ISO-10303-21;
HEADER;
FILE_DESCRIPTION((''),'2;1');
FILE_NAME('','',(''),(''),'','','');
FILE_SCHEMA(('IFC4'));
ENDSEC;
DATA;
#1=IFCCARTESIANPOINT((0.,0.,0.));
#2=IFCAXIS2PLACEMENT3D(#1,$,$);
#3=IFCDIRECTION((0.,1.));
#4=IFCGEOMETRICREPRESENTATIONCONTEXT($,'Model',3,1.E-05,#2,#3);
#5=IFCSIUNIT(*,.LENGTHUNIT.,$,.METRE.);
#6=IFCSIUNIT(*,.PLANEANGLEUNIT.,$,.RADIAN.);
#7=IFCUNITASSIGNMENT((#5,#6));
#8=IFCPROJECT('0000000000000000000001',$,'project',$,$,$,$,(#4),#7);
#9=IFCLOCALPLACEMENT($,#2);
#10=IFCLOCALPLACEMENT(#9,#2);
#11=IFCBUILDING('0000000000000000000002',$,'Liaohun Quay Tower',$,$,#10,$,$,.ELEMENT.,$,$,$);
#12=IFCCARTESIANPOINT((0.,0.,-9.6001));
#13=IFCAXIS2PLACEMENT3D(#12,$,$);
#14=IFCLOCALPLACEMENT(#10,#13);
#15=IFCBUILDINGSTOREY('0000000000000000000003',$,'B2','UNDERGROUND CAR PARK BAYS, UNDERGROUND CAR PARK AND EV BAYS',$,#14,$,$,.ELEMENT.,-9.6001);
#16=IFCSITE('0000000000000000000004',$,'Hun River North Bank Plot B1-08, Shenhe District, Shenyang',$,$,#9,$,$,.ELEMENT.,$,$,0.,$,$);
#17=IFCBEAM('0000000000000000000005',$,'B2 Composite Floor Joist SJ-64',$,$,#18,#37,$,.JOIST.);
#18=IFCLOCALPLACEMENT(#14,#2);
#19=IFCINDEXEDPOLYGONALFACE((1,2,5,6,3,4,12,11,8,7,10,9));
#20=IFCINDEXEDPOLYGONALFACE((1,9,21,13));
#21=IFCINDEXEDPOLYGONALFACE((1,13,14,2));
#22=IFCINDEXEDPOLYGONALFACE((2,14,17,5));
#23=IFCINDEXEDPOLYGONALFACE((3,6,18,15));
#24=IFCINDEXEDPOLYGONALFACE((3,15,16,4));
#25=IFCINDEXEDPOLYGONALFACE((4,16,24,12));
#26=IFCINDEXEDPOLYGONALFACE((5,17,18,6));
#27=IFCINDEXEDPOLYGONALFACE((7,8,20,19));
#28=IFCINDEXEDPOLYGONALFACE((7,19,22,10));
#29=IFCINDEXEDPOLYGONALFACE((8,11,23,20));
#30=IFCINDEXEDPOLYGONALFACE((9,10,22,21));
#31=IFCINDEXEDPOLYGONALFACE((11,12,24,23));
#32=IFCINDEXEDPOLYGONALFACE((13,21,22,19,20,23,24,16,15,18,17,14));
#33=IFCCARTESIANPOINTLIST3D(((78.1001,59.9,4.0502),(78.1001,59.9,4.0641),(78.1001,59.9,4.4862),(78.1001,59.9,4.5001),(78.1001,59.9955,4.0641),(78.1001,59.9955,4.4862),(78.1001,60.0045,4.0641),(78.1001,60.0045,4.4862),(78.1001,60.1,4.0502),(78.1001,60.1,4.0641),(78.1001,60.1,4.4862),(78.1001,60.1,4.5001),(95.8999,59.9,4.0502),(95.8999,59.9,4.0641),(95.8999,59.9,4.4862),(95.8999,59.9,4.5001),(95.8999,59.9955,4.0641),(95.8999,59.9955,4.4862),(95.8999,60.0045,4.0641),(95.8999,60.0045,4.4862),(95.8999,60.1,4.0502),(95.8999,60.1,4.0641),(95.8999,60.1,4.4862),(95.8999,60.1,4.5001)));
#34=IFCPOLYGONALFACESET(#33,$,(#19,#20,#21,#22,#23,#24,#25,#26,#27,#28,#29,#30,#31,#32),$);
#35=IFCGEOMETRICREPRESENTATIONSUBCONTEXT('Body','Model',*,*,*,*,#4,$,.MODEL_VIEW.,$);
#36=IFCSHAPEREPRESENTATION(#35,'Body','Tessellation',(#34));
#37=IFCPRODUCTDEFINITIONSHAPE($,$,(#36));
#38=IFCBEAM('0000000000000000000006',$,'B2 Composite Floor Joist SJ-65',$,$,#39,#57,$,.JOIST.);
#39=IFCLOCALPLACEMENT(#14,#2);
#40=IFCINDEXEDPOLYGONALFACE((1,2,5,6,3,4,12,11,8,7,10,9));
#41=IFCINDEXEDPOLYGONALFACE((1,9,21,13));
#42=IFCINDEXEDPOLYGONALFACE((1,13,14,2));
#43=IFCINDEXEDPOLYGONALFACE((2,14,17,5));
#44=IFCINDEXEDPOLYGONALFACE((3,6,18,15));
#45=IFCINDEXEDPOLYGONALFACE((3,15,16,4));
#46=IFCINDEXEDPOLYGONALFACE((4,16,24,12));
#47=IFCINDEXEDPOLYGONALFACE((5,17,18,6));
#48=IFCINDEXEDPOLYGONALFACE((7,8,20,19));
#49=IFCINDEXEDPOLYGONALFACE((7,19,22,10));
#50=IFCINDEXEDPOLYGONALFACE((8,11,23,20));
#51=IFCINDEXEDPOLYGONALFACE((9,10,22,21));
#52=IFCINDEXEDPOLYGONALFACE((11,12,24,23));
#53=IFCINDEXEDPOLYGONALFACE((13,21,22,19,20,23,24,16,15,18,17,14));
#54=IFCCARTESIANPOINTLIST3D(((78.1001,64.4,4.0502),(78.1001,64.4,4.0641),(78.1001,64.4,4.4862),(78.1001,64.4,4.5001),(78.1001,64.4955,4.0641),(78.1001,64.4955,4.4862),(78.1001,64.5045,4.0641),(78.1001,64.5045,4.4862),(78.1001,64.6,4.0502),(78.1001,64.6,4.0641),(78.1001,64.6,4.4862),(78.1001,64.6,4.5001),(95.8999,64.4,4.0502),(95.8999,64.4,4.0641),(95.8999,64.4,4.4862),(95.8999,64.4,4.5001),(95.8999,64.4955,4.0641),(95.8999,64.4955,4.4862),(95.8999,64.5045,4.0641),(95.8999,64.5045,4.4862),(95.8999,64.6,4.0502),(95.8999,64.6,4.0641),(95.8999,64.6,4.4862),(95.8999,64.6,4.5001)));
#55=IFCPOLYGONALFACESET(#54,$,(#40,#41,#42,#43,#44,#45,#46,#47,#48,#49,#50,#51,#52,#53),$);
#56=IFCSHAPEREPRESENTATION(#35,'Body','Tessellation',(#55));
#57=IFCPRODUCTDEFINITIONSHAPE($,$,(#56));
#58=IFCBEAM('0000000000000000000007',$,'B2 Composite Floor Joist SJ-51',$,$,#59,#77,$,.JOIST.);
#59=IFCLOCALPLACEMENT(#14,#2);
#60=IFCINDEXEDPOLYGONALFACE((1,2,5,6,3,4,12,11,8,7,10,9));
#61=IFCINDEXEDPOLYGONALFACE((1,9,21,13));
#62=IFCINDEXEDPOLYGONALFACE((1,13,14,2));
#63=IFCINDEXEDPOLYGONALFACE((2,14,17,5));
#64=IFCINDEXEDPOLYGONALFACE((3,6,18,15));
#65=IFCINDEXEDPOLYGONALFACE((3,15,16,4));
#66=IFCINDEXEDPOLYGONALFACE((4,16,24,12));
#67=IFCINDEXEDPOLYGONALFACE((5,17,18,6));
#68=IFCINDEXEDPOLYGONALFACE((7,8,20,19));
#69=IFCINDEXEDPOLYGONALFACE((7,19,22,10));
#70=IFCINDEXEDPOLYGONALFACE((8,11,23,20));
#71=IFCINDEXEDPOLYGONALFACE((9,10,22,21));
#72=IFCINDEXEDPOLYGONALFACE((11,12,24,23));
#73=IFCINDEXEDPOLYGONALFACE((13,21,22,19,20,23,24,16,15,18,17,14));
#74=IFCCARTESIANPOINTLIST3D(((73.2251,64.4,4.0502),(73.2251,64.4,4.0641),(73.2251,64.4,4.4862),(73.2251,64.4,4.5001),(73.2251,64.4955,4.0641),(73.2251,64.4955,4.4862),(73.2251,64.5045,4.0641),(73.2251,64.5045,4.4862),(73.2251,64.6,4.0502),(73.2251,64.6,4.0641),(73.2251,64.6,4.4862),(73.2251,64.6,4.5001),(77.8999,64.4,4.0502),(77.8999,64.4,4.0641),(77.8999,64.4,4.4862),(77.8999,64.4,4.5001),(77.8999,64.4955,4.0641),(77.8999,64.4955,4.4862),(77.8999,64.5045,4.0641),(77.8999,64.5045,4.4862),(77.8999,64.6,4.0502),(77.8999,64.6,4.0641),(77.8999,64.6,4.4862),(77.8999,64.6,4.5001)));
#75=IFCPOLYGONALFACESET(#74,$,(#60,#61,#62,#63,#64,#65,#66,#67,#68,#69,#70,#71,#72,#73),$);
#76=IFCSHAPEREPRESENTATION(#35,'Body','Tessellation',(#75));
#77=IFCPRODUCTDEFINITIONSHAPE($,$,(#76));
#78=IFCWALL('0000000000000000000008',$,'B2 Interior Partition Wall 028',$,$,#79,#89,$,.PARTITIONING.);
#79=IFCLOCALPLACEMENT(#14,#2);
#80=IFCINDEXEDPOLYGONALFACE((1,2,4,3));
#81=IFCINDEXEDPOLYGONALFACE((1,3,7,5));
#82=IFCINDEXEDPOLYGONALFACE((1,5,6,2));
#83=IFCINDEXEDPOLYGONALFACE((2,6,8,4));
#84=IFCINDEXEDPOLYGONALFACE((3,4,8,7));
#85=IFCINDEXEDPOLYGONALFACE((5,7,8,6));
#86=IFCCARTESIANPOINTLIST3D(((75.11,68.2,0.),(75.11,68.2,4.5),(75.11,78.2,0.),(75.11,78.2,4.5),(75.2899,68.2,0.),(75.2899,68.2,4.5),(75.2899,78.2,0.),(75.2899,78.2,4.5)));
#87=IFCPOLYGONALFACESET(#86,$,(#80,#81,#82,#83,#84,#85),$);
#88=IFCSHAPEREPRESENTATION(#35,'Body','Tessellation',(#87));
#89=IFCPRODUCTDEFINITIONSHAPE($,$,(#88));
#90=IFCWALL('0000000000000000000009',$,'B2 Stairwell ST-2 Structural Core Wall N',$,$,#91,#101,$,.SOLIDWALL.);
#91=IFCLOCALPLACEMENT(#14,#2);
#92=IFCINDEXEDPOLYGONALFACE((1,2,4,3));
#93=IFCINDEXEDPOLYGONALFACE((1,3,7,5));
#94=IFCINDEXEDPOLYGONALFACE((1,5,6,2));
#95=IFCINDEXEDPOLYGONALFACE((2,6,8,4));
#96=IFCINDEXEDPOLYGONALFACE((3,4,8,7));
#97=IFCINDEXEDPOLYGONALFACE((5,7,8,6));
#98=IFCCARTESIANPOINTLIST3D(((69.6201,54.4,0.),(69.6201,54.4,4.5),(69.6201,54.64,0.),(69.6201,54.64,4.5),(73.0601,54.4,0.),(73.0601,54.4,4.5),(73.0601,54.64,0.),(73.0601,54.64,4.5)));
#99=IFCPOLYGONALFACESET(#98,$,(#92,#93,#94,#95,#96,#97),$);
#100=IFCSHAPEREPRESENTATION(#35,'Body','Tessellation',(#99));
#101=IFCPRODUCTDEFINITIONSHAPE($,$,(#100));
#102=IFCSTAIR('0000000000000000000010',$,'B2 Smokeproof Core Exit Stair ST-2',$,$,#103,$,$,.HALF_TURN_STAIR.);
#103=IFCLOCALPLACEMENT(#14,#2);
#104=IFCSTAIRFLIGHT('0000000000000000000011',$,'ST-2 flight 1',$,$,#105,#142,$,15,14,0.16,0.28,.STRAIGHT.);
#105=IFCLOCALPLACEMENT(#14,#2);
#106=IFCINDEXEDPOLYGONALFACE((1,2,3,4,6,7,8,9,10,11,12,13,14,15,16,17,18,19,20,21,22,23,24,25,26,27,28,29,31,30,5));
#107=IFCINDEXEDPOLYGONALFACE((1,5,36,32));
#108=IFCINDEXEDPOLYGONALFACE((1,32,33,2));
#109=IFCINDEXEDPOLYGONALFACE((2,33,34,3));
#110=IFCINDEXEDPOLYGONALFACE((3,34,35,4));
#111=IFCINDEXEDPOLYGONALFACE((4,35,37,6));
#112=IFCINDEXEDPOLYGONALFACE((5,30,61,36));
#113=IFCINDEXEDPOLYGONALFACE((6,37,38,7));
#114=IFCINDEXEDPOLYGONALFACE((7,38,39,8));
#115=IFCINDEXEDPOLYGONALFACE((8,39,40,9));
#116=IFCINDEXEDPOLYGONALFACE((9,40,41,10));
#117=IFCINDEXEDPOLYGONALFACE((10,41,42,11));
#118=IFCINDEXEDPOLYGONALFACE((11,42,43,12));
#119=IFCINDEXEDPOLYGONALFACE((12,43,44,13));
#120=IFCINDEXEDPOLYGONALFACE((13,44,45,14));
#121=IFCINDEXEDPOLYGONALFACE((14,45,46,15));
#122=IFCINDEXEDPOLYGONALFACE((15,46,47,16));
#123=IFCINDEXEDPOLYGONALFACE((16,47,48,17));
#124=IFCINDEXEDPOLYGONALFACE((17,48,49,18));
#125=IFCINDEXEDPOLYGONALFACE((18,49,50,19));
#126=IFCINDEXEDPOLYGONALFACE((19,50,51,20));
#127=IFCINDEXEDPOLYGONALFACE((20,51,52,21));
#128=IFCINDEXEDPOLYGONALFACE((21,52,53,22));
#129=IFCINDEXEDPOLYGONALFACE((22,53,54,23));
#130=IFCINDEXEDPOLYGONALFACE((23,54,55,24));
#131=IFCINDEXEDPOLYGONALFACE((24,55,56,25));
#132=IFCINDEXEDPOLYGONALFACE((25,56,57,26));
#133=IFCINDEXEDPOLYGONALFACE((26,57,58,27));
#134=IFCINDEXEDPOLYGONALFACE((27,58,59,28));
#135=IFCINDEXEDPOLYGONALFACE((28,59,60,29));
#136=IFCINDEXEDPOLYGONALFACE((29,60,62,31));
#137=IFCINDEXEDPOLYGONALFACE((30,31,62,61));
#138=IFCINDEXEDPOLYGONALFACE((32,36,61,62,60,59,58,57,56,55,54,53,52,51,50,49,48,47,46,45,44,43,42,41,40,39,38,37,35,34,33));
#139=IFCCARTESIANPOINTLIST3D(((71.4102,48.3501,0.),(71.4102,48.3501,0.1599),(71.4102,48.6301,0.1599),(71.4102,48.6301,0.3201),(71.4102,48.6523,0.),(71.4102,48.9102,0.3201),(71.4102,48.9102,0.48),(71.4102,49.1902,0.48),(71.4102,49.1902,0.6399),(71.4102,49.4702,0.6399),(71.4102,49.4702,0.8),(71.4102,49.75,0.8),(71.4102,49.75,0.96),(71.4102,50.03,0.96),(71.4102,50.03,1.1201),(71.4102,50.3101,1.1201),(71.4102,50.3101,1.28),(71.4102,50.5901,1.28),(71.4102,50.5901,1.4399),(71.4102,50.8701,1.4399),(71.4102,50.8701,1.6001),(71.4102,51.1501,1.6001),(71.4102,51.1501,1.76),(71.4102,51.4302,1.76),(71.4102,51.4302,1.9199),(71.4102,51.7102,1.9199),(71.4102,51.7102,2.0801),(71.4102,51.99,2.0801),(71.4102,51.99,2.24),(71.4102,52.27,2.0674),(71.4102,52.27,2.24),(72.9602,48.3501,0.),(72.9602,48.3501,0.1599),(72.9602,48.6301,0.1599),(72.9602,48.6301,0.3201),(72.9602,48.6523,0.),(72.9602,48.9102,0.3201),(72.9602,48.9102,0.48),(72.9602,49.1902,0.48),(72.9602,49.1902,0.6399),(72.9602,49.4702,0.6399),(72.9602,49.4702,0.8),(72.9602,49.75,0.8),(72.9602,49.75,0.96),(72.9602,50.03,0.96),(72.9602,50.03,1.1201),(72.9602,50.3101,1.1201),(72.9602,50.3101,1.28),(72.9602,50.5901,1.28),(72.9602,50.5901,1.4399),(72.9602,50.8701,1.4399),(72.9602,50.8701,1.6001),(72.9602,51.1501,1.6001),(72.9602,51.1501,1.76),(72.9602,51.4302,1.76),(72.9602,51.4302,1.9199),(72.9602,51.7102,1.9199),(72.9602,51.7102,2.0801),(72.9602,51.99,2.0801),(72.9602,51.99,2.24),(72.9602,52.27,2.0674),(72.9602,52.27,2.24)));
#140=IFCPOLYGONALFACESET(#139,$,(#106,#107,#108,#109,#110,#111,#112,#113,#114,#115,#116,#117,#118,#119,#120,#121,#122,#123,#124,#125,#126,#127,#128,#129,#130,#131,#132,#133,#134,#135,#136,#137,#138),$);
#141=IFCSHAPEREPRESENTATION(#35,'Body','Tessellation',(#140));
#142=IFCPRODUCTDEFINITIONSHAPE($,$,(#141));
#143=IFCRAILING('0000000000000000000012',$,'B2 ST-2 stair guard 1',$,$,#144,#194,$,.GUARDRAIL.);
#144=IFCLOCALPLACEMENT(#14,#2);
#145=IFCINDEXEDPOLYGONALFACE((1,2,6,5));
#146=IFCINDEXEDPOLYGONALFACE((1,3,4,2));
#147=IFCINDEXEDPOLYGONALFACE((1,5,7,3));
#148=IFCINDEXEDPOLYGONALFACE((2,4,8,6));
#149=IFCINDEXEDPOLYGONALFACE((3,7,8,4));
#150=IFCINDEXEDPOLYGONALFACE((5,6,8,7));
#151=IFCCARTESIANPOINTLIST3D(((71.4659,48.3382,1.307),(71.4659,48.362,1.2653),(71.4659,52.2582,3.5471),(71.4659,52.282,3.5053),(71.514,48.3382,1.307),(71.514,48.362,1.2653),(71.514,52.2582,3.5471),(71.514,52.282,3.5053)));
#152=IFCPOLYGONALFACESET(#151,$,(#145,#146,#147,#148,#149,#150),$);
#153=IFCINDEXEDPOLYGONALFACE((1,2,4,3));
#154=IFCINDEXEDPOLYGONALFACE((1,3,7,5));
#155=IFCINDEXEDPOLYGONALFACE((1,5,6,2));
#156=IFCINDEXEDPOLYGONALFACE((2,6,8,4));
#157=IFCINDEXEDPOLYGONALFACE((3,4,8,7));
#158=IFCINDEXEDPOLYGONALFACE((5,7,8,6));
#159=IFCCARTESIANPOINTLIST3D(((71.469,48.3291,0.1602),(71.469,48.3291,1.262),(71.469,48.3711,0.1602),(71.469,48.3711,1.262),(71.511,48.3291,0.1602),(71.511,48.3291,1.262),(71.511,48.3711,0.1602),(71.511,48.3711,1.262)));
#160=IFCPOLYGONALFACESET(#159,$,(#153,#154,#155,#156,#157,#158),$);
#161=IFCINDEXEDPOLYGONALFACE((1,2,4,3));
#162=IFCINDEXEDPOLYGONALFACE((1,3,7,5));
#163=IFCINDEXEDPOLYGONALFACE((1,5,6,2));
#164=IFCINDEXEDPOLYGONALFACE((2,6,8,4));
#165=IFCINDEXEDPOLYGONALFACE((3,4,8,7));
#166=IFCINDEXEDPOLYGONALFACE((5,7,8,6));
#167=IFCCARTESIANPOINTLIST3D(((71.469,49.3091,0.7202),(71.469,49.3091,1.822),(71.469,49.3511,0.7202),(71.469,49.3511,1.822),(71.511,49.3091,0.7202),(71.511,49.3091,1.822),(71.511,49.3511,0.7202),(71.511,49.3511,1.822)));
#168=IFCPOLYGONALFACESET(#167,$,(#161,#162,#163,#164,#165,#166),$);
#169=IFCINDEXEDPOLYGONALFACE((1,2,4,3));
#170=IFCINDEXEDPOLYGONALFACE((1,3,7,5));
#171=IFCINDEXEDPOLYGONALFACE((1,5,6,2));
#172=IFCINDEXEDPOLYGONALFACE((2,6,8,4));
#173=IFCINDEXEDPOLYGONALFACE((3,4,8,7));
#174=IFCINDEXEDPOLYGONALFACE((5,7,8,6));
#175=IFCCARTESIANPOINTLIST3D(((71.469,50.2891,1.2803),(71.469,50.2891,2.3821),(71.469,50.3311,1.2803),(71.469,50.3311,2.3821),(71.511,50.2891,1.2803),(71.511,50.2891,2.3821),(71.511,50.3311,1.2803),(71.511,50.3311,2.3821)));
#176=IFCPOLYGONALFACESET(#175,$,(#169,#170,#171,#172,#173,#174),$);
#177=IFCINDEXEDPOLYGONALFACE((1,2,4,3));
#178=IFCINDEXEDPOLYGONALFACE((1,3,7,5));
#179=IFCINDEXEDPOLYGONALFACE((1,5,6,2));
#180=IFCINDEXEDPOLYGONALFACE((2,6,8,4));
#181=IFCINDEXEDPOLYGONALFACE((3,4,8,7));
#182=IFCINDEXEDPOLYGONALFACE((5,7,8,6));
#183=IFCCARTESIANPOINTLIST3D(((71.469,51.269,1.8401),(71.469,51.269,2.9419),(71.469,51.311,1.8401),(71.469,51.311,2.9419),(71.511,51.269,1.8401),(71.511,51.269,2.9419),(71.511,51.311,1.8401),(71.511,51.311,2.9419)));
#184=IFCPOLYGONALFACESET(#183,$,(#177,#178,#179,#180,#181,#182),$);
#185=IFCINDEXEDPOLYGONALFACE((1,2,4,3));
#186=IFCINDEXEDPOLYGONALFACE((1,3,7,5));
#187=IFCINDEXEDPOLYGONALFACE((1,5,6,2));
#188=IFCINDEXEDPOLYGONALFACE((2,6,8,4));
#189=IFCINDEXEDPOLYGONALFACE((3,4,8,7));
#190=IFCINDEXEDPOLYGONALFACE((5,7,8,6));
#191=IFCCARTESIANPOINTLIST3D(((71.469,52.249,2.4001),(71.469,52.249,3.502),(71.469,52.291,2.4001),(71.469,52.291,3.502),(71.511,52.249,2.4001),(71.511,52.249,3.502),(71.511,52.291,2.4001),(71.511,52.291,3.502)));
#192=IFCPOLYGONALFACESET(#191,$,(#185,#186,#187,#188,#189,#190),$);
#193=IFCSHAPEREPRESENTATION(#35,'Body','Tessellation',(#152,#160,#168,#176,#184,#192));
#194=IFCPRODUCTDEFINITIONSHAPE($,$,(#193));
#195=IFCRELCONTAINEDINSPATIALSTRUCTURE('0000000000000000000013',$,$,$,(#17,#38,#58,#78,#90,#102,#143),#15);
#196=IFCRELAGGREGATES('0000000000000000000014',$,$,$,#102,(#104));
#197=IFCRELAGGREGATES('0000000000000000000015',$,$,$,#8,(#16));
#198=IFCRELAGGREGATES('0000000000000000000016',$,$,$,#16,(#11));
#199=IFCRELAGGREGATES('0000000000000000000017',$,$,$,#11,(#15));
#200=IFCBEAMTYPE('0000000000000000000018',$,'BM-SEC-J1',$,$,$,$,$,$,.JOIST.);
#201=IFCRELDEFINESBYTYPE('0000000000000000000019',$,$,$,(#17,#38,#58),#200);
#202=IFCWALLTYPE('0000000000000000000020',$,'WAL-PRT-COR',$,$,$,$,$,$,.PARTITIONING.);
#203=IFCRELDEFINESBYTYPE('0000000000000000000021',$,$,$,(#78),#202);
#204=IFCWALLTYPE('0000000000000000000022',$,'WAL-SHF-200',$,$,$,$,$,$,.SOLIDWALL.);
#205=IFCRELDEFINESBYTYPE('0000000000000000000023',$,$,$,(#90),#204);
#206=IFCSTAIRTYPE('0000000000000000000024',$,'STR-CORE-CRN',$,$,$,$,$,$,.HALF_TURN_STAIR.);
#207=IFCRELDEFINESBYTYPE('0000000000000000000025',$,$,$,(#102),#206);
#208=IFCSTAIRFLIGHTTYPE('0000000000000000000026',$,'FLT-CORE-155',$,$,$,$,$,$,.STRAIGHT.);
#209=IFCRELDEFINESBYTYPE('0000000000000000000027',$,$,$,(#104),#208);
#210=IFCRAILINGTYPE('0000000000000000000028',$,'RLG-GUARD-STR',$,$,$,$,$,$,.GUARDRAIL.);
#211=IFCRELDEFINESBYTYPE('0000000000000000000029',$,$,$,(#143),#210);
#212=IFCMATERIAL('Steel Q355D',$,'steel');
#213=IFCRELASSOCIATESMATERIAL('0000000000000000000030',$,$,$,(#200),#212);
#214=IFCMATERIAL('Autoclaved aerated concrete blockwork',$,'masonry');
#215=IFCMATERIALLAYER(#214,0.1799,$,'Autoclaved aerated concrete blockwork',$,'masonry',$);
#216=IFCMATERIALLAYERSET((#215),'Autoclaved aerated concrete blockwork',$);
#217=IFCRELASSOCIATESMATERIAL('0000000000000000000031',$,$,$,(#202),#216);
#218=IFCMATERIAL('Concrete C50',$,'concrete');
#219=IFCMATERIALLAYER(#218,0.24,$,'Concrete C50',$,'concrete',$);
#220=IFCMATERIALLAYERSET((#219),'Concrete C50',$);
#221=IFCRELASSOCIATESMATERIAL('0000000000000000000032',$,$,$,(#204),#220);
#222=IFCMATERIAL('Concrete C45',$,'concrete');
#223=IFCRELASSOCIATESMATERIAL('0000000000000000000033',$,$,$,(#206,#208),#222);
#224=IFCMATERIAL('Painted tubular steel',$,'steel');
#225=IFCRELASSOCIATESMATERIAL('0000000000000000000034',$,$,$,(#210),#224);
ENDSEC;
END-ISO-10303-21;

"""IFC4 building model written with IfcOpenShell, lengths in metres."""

from ifc_helpers import new_model, si_unit, direction, frame, frame_2d, origin, origin_2d, place, context, subcontext, project, spatial, polyline, rectangle, i_section, outline, extrude, source, transform, mapped, material, layer, layer_set, material_profile, profile_set, type_object, element, aggregate, save


model = new_model("IFC4")

# Units and contexts
model_context = context("Model", 3, precision=1e-05, world=origin(), true_north=direction((0.0, 1.0)))
body_context = subcontext(model_context, "Body", "Model", "MODEL_VIEW")
ifc_project = project(units=[si_unit("LENGTHUNIT", "METRE"), si_unit("PLANEANGLEUNIT", "RADIAN")], contexts=[model_context])

# Site, building, storey
site_placement = place(None, origin())
site = spatial("IfcSite", under=ifc_project, at=site_placement, Name="Hun River North Bank Plot B1-08, Shenhe District, Shenyang", CompositionType="ELEMENT", RefElevation=0.0)
building_placement = place(site_placement, origin())
building = spatial("IfcBuilding", under=site, at=building_placement, Name="Liaohun Quay Tower", CompositionType="ELEMENT")
storey_placement = place(building_placement, frame((0.0, 0.0, -9.6001)))
storey = spatial("IfcBuildingStorey", under=building, at=storey_placement, Name="B2", Description="UNDERGROUND CAR PARK BAYS, UNDERGROUND CAR PARK AND EV BAYS", CompositionType="ELEMENT", Elevation=-9.6001)

# Shared definitions
ifc_material_1 = material(Name="Concrete C50", Category="concrete")

# Shared definitions
ifc_material_2 = material(Name="Concrete C45", Category="concrete")

# Beams
ifc_material_3 = material(Name="Steel Q355D", Category="steel")
ifc_material_profile_1 = material_profile(ifc_material_3, i_section(OverallWidth=0.2, OverallDepth=0.45, WebThickness=0.009, FlangeThickness=0.0139, at=origin_2d()), Name="HN450x200x9x14")
ifc_profile_set_1 = profile_set([ifc_material_profile_1], Name="Steel Q355D")
beam_type_1 = type_object("IfcBeamType", Name="BM-SEC-J1", PredefinedType="JOIST", material=ifc_profile_set_1)
shared_shape_1 = source(origin(), body_context, "Body", "SweptSolid", [
    extrude(i_section(OverallWidth=0.2, OverallDepth=0.45, WebThickness=0.009, FlangeThickness=0.0139, at=origin_2d()), origin(), (0.0, 0.0, 1.0), 17.7998),
])
for number, where, z_axis, x_axis, name in (
    (1, (78.1001, 60.0, 4.2751), (1.0, 0.0, 0.0), (0.0, 1.0, 0.0), "B2 Composite Floor Joist SJ-64"),
    (2, (78.1001, 64.5, 4.2751), (1.0, 0.0, 0.0), (0.0, 1.0, 0.0), "B2 Composite Floor Joist SJ-65"),
):
    element("IfcBeam", number, at=place(storey_placement, frame(where, z_axis=z_axis, x_axis=x_axis)), inside=storey, type_object=beam_type_1, Name=name, PredefinedType="JOIST", context=body_context, shape_type="MappedRepresentation", body=[
        mapped(shared_shape_1, transform((0.0, 0.0, 0.0), x_axis=(1.0, 0.0, 0.0), y_axis=(0.0, 1.0, 0.0), z_axis=(0.0, 0.0, 1.0), scale=1.0)),
    ])
shared_shape_2 = source(origin(), body_context, "Body", "SweptSolid", [
    extrude(i_section(OverallWidth=0.2, OverallDepth=0.45, WebThickness=0.009, FlangeThickness=0.0139, at=origin_2d()), origin(), (0.0, 0.0, 1.0), 4.6748),
])
beam_1_placement = place(storey_placement, frame((73.2251, 64.5, 4.2751), z_axis=(1.0, 0.0, 0.0), x_axis=(0.0, 1.0, 0.0)))
element("IfcBeam", 3, at=beam_1_placement, inside=storey, type_object=beam_type_1, Name="B2 Composite Floor Joist SJ-51", PredefinedType="JOIST", context=body_context, shape_type="MappedRepresentation", body=[
    mapped(shared_shape_2, transform((0.0, 0.0, 0.0), x_axis=(1.0, 0.0, 0.0), y_axis=(0.0, 1.0, 0.0), z_axis=(0.0, 0.0, 1.0), scale=1.0)),
])

# Walls
ifc_material_4 = material(Name="Autoclaved aerated concrete blockwork", Category="masonry")
ifc_layer_1 = layer(ifc_material_4, 0.1799, Name="Autoclaved aerated concrete blockwork", Category="masonry")
ifc_layer_set_1 = layer_set([ifc_layer_1], Name="Autoclaved aerated concrete blockwork")
wall_type_1 = type_object("IfcWallType", Name="WAL-PRT-COR", PredefinedType="PARTITIONING", material=ifc_layer_set_1)
wall_1_placement = place(storey_placement, frame((75.2, 68.2, 0.0), z_axis=(0.0, 0.0, 1.0), x_axis=(0.0, 1.0, 0.0)))
element("IfcWall", 4, at=wall_1_placement, inside=storey, type_object=wall_type_1, Name="B2 Interior Partition Wall 028", PredefinedType="PARTITIONING", context=body_context, shape_type="SweptSolid", body=[
    extrude(rectangle(XDim=10.0, YDim=0.1799, at=frame_2d((5.0, 0.0))), origin(), (0.0, 0.0, 1.0), 4.5),
])
ifc_layer_2 = layer(ifc_material_1, 0.24, Name="Concrete C50", Category="concrete")
ifc_layer_set_2 = layer_set([ifc_layer_2], Name="Concrete C50")
wall_type_2 = type_object("IfcWallType", Name="WAL-SHF-200", PredefinedType="SOLIDWALL", material=ifc_layer_set_2)
wall_2_placement = place(storey_placement, frame((73.0601, 54.52, 0.0), z_axis=(0.0, 0.0, 1.0), x_axis=(-1.0, 0.0, 0.0)))
element("IfcWall", 5, at=wall_2_placement, inside=storey, type_object=wall_type_2, Name="B2 Stairwell ST-2 Structural Core Wall N", PredefinedType="SOLIDWALL", context=body_context, shape_type="SweptSolid", body=[
    extrude(rectangle(XDim=3.4399, YDim=0.24, at=frame_2d((1.72, 0.0))), origin(), (0.0, 0.0, 1.0), 4.5),
])

# Stair, stair flight
stair_type = type_object("IfcStairType", Name="STR-CORE-CRN", PredefinedType="HALF_TURN_STAIR", material=ifc_material_2)
stair_placement = place(storey_placement, origin())
stair = element("IfcStair", 6, at=stair_placement, inside=storey, type_object=stair_type, Name="B2 Smokeproof Core Exit Stair ST-2", PredefinedType="HALF_TURN_STAIR")
stair_flight_type = type_object("IfcStairFlightType", Name="FLT-CORE-155", PredefinedType="STRAIGHT", material=ifc_material_2)
stair_flight_placement = place(storey_placement, frame((72.1851, 48.3501, 0.0), z_axis=(0.0, 0.0, 1.0), x_axis=(0.0, 1.0, 0.0)))
stair_flight = element("IfcStairFlight", 7, at=stair_flight_placement, type_object=stair_flight_type, Name="ST-2 flight 1", NumberOfRisers=15, NumberOfTreads=14, PredefinedType="STRAIGHT", RiserHeight=0.16, TreadLength=0.28, context=body_context, shape_type="SweptSolid", body=[
    extrude(outline(polyline([(0.0, 0.0), (0.0, 0.1599), (0.28, 0.1599), (0.28, 0.3201), (0.5601, 0.3201), (0.5601, 0.48), (0.8401, 0.48), (0.8401, 0.6399), (1.1201, 0.6399), (1.1201, 0.8), (1.3999, 0.8), (1.3999, 0.96), (1.6799, 0.96), (1.6799, 1.1201), (1.96, 1.1201), (1.96, 1.28), (2.24, 1.28), (2.24, 1.4399), (2.52, 1.4399), (2.52, 1.6001), (2.8, 1.6001), (2.8, 1.76), (3.0801, 1.76), (3.0801, 1.9199), (3.3601, 1.9199), (3.3601, 2.0801), (3.6399, 2.0801), (3.6399, 2.24), (3.9199, 2.24), (3.9199, 2.3999), (3.9199, 2.0674), (0.3022, 0.0), (0.0, 0.0)])), frame((0.0, 0.7749, 0.0), z_axis=(0.0, -1.0, 0.0), x_axis=(1.0, 0.0, 0.0)), (0.0, 0.0, 1.0), 1.55),
])
aggregate(stair, [stair_flight])

# Railing
ifc_material_5 = material(Name="Painted tubular steel", Category="steel")
railing_type_1 = type_object("IfcRailingType", Name="RLG-GUARD-STR", PredefinedType="GUARDRAIL", material=ifc_material_5)
railing_1_placement = place(storey_placement, frame((71.49, 48.3501, 0.1602)))
element("IfcRailing", 8, at=railing_1_placement, inside=storey, type_object=railing_type_1, Name="B2 ST-2 stair guard 1", PredefinedType="GUARDRAIL", context=body_context, shape_type="SweptSolid", body=[
    extrude(rectangle(XDim=0.0481, YDim=0.0481, at=origin_2d()), frame((0.0, 0.0, 1.126), z_axis=(0.0, 0.86824, 0.496145), x_axis=(-1.0, 0.0, 0.0)), (0.0, 0.0, 1.0), 4.5149),
    extrude(rectangle(XDim=0.042, YDim=0.042, at=origin_2d()), origin(), (0.0, 0.0, 1.0), 1.1018),
    extrude(rectangle(XDim=0.042, YDim=0.042, at=origin_2d()), frame((0.0, 0.98, 0.5601)), (0.0, 0.0, 1.0), 1.1018),
    extrude(rectangle(XDim=0.042, YDim=0.042, at=origin_2d()), frame((0.0, 1.96, 1.1201)), (0.0, 0.0, 1.0), 1.1018),
    extrude(rectangle(XDim=0.042, YDim=0.042, at=origin_2d()), frame((0.0, 2.9399, 1.6799)), (0.0, 0.0, 1.0), 1.1018),
    extrude(rectangle(XDim=0.042, YDim=0.042, at=origin_2d()), frame((0.0, 3.9199, 2.24)), (0.0, 0.0, 1.0), 1.1018),
])

save(model, "model.ifc")
